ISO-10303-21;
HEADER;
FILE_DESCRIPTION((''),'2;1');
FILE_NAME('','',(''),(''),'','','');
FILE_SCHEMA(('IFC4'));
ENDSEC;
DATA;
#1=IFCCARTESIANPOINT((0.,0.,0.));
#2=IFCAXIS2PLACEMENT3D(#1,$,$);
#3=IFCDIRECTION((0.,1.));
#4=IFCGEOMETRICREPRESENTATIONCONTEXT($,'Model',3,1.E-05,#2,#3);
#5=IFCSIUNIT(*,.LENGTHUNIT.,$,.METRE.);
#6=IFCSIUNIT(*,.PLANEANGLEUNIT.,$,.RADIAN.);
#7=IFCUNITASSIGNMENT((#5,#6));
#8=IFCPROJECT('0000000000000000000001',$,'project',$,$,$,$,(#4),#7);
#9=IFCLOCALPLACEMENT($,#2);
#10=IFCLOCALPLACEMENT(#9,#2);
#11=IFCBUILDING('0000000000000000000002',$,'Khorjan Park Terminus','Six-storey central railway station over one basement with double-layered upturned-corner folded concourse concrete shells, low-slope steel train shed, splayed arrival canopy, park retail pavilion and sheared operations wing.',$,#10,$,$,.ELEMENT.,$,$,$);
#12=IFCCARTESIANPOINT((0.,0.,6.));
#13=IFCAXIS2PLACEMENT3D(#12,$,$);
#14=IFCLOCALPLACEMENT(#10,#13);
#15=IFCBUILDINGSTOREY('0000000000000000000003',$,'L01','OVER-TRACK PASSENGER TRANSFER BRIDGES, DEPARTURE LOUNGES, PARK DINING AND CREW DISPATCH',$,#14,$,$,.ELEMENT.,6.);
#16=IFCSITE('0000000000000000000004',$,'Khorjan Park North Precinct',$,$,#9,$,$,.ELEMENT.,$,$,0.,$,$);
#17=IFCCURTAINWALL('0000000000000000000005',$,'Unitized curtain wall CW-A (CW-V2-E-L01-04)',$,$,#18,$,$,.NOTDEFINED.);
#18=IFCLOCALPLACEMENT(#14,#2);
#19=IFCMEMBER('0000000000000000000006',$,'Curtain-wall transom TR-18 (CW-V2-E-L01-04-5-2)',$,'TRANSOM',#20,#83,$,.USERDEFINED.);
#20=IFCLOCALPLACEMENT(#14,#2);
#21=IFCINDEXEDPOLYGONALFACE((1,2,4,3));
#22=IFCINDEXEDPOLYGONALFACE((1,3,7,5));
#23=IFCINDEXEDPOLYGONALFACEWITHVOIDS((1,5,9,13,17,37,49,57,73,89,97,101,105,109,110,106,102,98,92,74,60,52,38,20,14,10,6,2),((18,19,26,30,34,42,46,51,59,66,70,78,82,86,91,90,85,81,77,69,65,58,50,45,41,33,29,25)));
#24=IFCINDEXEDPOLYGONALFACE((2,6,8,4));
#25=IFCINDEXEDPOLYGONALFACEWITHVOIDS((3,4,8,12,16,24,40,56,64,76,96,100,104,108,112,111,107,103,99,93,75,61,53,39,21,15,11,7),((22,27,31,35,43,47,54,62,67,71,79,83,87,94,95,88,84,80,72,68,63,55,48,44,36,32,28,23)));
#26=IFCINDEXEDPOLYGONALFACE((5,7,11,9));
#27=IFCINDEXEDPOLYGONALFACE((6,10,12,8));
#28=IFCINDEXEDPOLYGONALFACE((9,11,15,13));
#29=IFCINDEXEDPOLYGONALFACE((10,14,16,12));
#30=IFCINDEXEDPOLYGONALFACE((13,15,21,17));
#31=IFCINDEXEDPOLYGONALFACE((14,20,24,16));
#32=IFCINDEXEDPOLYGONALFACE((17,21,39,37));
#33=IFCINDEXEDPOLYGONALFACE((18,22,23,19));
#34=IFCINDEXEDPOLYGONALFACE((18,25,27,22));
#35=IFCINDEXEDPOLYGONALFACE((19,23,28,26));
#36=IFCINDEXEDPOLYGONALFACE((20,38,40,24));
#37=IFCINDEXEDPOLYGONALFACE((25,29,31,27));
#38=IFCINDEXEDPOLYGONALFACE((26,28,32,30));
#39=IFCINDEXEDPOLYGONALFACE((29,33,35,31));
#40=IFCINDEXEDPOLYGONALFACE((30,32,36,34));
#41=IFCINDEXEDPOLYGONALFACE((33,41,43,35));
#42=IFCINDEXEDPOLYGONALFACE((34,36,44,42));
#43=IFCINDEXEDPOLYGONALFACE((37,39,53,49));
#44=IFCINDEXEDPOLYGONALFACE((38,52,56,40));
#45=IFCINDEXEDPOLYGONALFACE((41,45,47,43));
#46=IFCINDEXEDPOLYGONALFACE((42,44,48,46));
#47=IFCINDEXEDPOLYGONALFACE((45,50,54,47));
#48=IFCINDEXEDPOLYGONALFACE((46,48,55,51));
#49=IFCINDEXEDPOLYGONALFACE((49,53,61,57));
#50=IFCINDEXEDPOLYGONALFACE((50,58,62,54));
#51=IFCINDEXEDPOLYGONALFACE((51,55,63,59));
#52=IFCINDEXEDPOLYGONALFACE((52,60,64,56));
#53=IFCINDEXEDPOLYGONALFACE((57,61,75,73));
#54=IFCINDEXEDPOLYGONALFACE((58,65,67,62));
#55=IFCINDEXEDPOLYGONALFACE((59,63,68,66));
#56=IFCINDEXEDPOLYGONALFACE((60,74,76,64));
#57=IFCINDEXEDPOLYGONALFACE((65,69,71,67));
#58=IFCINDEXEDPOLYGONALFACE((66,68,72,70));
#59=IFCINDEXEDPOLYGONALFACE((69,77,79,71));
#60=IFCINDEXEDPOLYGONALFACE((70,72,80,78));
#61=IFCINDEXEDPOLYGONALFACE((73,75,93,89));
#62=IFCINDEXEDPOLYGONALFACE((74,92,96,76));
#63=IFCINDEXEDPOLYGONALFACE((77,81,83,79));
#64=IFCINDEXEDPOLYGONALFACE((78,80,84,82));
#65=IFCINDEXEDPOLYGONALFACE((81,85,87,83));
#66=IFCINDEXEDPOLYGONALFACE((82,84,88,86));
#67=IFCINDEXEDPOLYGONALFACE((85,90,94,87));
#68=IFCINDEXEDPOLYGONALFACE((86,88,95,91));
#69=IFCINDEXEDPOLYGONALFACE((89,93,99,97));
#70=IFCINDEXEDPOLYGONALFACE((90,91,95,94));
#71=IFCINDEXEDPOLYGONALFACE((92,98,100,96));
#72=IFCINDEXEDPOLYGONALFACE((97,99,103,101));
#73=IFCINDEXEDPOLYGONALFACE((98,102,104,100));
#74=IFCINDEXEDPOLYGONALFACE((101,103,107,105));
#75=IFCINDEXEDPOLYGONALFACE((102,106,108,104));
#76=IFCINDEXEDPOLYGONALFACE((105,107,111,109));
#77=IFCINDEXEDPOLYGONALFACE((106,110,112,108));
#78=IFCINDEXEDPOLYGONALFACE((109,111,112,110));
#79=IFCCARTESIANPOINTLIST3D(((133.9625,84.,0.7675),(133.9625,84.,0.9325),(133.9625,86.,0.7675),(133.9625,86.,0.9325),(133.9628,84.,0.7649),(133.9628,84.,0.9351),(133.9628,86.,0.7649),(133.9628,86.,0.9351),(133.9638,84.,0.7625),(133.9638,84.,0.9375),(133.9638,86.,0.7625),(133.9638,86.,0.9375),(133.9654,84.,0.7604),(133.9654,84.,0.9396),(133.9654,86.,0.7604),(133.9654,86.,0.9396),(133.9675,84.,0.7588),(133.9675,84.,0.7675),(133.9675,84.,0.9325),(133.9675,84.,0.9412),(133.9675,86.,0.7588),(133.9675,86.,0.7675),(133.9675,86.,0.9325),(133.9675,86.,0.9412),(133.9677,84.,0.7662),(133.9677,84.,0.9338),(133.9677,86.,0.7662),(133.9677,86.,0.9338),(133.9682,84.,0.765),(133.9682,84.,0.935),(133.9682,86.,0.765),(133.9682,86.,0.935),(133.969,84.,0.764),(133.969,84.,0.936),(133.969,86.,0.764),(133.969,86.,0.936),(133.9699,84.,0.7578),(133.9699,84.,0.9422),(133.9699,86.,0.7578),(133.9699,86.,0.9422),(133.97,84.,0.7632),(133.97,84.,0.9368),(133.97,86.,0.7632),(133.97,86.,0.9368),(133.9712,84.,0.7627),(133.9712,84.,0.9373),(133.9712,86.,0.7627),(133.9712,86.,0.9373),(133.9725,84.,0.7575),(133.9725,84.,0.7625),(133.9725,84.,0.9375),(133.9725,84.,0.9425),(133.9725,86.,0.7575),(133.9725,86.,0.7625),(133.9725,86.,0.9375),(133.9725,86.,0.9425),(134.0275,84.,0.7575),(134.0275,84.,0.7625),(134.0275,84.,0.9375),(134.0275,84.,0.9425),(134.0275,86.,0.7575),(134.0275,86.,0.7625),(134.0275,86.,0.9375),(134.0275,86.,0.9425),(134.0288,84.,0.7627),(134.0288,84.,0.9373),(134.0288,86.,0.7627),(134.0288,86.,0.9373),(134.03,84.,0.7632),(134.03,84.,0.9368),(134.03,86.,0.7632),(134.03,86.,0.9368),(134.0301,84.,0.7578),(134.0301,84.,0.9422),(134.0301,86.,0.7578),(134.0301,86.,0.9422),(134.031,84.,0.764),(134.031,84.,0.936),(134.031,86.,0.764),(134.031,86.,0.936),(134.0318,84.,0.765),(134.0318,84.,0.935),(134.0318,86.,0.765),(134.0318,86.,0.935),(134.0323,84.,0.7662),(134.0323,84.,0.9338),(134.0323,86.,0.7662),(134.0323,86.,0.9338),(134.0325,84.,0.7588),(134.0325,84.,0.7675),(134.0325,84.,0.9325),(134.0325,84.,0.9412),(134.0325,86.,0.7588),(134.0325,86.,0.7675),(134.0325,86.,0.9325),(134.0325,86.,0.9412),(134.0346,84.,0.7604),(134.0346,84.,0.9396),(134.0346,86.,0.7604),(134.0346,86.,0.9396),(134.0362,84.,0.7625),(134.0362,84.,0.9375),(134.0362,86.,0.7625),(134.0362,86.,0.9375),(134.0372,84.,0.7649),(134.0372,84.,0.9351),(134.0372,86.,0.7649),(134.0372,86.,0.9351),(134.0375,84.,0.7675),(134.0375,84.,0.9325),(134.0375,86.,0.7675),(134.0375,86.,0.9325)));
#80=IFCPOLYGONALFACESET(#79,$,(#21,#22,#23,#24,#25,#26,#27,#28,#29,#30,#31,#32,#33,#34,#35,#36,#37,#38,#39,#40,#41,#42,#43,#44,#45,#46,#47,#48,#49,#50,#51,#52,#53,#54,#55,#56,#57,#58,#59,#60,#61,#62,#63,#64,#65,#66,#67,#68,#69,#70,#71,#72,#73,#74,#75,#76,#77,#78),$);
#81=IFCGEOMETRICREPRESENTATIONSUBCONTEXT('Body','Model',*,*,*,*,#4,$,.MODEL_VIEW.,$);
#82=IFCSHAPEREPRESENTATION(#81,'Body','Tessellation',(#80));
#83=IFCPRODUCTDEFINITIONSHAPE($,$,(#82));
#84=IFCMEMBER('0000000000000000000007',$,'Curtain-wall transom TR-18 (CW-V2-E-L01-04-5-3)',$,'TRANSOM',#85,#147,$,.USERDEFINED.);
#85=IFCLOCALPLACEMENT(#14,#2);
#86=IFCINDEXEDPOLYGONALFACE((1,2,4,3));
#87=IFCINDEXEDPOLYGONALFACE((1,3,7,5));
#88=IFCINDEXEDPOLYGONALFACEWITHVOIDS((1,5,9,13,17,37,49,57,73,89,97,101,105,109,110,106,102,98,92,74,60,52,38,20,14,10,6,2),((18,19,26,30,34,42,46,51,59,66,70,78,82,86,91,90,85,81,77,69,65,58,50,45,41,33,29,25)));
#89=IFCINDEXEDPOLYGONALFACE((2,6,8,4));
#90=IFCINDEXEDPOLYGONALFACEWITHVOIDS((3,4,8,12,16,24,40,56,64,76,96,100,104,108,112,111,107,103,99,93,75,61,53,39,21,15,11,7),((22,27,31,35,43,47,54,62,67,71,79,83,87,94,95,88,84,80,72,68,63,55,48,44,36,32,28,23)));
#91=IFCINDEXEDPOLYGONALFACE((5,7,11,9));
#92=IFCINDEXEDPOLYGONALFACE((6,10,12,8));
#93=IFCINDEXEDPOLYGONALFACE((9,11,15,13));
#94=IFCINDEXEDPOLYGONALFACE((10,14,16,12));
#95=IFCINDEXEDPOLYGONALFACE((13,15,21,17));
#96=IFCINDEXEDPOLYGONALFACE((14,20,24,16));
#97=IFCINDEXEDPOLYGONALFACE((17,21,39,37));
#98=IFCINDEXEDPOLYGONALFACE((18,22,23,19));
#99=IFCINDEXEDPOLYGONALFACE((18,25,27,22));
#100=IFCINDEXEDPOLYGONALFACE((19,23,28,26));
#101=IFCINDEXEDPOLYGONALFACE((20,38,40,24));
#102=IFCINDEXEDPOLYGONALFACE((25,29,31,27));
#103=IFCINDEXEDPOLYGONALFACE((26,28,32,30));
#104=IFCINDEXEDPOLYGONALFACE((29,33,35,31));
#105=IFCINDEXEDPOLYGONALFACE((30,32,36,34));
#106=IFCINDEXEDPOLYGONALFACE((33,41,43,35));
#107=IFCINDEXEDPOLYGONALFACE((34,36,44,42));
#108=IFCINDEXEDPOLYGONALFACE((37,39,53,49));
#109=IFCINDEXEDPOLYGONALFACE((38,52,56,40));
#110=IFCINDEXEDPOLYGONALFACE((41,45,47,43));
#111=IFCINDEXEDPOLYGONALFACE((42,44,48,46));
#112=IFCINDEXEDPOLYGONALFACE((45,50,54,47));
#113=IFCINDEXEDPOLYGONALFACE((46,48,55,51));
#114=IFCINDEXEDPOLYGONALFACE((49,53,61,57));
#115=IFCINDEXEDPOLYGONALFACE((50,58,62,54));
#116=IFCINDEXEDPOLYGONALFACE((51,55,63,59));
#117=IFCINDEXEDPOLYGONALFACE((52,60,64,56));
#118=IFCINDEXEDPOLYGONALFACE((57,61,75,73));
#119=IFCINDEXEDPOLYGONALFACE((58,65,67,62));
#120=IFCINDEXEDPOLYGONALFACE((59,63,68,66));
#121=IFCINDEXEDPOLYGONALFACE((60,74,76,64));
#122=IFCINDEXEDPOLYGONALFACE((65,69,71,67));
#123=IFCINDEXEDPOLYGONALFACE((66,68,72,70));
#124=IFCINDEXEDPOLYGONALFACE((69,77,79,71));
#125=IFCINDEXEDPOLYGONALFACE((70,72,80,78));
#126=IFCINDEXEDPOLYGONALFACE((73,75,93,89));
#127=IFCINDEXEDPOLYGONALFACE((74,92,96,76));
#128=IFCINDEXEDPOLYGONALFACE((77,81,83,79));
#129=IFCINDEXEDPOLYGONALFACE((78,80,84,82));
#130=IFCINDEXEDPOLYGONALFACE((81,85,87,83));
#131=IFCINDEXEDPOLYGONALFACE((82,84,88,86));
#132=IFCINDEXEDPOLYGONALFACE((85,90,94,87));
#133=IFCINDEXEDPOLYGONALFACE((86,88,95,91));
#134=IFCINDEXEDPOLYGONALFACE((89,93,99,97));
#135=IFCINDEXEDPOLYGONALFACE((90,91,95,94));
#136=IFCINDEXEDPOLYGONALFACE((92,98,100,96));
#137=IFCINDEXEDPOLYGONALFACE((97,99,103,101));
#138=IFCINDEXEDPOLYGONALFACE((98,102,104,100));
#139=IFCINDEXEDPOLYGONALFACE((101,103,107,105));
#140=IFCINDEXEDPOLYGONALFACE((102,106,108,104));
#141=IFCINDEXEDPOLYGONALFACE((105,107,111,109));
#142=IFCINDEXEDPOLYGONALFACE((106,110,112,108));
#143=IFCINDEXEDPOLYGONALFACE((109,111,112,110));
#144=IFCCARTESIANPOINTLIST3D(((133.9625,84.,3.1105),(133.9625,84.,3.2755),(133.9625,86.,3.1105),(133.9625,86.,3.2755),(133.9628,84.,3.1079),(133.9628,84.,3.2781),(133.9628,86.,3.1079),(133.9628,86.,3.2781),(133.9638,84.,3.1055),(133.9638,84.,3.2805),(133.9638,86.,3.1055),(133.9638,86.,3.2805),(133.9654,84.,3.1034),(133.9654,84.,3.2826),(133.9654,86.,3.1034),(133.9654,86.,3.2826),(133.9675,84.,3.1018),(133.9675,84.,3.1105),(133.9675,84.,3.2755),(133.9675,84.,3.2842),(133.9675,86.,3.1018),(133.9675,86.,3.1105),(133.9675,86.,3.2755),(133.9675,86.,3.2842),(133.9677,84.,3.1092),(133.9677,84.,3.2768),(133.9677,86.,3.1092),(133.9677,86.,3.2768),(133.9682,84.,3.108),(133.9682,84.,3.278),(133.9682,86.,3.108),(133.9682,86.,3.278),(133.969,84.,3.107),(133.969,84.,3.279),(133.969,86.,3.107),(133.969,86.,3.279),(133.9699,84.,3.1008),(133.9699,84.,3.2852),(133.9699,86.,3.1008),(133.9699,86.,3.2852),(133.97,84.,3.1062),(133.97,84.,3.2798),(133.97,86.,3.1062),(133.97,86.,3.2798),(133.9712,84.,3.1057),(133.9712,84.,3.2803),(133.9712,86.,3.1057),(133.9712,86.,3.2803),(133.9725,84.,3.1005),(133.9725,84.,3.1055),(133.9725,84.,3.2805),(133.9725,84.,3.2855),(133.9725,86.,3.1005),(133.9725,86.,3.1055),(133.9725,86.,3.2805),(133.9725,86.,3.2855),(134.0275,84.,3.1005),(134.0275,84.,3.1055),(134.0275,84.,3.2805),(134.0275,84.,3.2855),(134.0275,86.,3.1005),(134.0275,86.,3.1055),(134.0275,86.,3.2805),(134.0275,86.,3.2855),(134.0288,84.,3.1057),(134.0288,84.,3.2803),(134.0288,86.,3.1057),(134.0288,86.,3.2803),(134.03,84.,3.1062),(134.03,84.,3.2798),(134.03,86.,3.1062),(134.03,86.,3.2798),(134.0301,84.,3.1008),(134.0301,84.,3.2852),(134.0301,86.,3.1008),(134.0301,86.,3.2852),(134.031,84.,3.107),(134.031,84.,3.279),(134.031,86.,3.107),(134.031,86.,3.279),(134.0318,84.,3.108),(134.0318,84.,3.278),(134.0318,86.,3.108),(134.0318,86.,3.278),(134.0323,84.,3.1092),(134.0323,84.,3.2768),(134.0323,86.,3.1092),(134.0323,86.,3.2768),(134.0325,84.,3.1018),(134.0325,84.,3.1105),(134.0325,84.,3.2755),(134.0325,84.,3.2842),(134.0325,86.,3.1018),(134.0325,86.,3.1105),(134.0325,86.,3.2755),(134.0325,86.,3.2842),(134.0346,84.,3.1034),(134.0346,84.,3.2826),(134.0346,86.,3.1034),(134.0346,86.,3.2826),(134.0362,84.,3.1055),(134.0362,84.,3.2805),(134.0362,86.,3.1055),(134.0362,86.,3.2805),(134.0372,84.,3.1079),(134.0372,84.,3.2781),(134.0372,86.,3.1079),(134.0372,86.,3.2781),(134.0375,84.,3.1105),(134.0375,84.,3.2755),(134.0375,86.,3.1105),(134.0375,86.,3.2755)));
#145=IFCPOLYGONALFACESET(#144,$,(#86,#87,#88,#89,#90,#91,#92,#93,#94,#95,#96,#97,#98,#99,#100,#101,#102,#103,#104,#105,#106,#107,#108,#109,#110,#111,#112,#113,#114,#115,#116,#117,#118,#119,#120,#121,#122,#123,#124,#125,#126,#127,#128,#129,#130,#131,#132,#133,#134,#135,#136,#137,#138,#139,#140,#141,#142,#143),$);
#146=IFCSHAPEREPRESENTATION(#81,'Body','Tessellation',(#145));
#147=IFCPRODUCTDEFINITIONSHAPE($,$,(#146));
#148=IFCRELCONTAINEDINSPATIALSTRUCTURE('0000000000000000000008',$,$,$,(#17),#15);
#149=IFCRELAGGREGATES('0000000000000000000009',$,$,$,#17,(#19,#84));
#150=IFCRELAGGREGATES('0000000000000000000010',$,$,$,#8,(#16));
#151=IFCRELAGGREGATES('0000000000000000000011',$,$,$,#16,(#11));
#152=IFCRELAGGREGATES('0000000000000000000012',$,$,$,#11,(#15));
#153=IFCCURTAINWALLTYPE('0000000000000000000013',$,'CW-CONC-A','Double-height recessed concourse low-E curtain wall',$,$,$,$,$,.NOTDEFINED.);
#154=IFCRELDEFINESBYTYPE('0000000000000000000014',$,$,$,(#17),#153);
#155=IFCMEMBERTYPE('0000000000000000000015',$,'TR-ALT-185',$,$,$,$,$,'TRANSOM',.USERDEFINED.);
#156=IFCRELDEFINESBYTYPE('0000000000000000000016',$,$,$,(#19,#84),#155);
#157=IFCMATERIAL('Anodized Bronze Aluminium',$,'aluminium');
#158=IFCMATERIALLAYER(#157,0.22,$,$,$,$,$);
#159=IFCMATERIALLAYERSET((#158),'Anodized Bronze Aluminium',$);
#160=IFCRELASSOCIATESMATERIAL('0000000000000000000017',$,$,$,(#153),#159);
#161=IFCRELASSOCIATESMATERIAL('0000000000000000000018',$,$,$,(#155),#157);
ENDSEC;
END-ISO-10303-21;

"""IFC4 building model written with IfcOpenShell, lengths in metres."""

from ifc_helpers import new_model, si_unit, direction, frame, origin, origin_2d, place, context, subcontext, project, spatial, hollow_rectangle, extrude, material, layer, layer_set, material_profile, profile_set, type_object, element, aggregate, save


model = new_model("IFC4")

# Units and contexts
model_context = context("Model", 3, precision=1e-05, world=origin(), true_north=direction((0.0, 1.0)))
body_context = subcontext(model_context, "Body", "Model", "MODEL_VIEW")
ifc_project = project(units=[si_unit("LENGTHUNIT", "METRE"), si_unit("PLANEANGLEUNIT", "RADIAN")], contexts=[model_context])

# Site, building, storey
site_placement = place(None, origin())
site = spatial("IfcSite", under=ifc_project, at=site_placement, Name="Khorjan Park North Precinct", CompositionType="ELEMENT", RefElevation=0.0)
building_placement = place(site_placement, origin())
building = spatial("IfcBuilding", under=site, at=building_placement, Name="Khorjan Park Terminus", Description="Six-storey central railway station over one basement with double-layered upturned-corner folded concourse concrete shells, low-slope steel train shed, splayed arrival canopy, park retail pavilion and sheared operations wing.", CompositionType="ELEMENT")
storey_placement = place(building_placement, frame((0.0, 0.0, 6.0)))
storey = spatial("IfcBuildingStorey", under=building, at=storey_placement, Name="L01", Description="OVER-TRACK PASSENGER TRANSFER BRIDGES, DEPARTURE LOUNGES, PARK DINING AND CREW DISPATCH", CompositionType="ELEMENT", Elevation=6.0)

# Shared definitions
ifc_material_1 = material(Name="Anodized Bronze Aluminium", Category="aluminium")
ifc_layer_1 = layer(ifc_material_1, 0.22)
ifc_layer_set_1 = layer_set([ifc_layer_1], Name="Anodized Bronze Aluminium")
curtain_wall_type = type_object("IfcCurtainWallType", Name="CW-CONC-A", Description="Double-height recessed concourse low-E curtain wall", PredefinedType="NOTDEFINED", material=ifc_layer_set_1)

# Curtain wall
curtain_wall_1_placement = place(storey_placement, origin())
curtain_wall_1 = element("IfcCurtainWall", 1, at=curtain_wall_1_placement, inside=storey, type_object=curtain_wall_type, Name="Unitized curtain wall CW-A (CW-V2-E-L01-04)", PredefinedType="NOTDEFINED")

# Members
ifc_material_profile_1 = material_profile(ifc_material_1, hollow_rectangle(XDim=0.075, YDim=0.185, WallThickness=0.005, InnerFilletRadius=0.005, OuterFilletRadius=0.01, at=origin_2d()), Name="ALT 75x185x5")
ifc_profile_set_1 = profile_set([ifc_material_profile_1], Name="Anodized Bronze Aluminium")
member_type_1 = type_object("IfcMemberType", Name="TR-ALT-185", ElementType="TRANSOM", PredefinedType="USERDEFINED", material=ifc_profile_set_1)
member_1_placement = place(storey_placement, frame((134.0, 84.0, 0.85), z_axis=(0.0, 1.0, 0.0), x_axis=(-1.0, 0.0, 0.0)))
member_1 = element("IfcMember", 2, at=member_1_placement, type_object=member_type_1, Name="Curtain-wall transom TR-18 (CW-V2-E-L01-04-5-2)", ObjectType="TRANSOM", PredefinedType="USERDEFINED", context=body_context, shape_type="SweptSolid", body=[
    extrude(hollow_rectangle(XDim=0.075, YDim=0.185, WallThickness=0.005, InnerFilletRadius=0.005, OuterFilletRadius=0.01, at=origin_2d()), origin(), (0.0, 0.0, 1.0), 2.0),
])
member_2_placement = place(storey_placement, frame((134.0, 84.0, 3.193), z_axis=(0.0, 1.0, 0.0), x_axis=(-1.0, 0.0, 0.0)))
member_2 = element("IfcMember", 3, at=member_2_placement, type_object=member_type_1, Name="Curtain-wall transom TR-18 (CW-V2-E-L01-04-5-3)", ObjectType="TRANSOM", PredefinedType="USERDEFINED", context=body_context, shape_type="SweptSolid", body=[
    extrude(hollow_rectangle(XDim=0.075, YDim=0.185, WallThickness=0.005, InnerFilletRadius=0.005, OuterFilletRadius=0.01, at=origin_2d()), origin(), (0.0, 0.0, 1.0), 2.0),
])

aggregate(curtain_wall_1, [member_1, member_2])

save(model, "model.ifc")
